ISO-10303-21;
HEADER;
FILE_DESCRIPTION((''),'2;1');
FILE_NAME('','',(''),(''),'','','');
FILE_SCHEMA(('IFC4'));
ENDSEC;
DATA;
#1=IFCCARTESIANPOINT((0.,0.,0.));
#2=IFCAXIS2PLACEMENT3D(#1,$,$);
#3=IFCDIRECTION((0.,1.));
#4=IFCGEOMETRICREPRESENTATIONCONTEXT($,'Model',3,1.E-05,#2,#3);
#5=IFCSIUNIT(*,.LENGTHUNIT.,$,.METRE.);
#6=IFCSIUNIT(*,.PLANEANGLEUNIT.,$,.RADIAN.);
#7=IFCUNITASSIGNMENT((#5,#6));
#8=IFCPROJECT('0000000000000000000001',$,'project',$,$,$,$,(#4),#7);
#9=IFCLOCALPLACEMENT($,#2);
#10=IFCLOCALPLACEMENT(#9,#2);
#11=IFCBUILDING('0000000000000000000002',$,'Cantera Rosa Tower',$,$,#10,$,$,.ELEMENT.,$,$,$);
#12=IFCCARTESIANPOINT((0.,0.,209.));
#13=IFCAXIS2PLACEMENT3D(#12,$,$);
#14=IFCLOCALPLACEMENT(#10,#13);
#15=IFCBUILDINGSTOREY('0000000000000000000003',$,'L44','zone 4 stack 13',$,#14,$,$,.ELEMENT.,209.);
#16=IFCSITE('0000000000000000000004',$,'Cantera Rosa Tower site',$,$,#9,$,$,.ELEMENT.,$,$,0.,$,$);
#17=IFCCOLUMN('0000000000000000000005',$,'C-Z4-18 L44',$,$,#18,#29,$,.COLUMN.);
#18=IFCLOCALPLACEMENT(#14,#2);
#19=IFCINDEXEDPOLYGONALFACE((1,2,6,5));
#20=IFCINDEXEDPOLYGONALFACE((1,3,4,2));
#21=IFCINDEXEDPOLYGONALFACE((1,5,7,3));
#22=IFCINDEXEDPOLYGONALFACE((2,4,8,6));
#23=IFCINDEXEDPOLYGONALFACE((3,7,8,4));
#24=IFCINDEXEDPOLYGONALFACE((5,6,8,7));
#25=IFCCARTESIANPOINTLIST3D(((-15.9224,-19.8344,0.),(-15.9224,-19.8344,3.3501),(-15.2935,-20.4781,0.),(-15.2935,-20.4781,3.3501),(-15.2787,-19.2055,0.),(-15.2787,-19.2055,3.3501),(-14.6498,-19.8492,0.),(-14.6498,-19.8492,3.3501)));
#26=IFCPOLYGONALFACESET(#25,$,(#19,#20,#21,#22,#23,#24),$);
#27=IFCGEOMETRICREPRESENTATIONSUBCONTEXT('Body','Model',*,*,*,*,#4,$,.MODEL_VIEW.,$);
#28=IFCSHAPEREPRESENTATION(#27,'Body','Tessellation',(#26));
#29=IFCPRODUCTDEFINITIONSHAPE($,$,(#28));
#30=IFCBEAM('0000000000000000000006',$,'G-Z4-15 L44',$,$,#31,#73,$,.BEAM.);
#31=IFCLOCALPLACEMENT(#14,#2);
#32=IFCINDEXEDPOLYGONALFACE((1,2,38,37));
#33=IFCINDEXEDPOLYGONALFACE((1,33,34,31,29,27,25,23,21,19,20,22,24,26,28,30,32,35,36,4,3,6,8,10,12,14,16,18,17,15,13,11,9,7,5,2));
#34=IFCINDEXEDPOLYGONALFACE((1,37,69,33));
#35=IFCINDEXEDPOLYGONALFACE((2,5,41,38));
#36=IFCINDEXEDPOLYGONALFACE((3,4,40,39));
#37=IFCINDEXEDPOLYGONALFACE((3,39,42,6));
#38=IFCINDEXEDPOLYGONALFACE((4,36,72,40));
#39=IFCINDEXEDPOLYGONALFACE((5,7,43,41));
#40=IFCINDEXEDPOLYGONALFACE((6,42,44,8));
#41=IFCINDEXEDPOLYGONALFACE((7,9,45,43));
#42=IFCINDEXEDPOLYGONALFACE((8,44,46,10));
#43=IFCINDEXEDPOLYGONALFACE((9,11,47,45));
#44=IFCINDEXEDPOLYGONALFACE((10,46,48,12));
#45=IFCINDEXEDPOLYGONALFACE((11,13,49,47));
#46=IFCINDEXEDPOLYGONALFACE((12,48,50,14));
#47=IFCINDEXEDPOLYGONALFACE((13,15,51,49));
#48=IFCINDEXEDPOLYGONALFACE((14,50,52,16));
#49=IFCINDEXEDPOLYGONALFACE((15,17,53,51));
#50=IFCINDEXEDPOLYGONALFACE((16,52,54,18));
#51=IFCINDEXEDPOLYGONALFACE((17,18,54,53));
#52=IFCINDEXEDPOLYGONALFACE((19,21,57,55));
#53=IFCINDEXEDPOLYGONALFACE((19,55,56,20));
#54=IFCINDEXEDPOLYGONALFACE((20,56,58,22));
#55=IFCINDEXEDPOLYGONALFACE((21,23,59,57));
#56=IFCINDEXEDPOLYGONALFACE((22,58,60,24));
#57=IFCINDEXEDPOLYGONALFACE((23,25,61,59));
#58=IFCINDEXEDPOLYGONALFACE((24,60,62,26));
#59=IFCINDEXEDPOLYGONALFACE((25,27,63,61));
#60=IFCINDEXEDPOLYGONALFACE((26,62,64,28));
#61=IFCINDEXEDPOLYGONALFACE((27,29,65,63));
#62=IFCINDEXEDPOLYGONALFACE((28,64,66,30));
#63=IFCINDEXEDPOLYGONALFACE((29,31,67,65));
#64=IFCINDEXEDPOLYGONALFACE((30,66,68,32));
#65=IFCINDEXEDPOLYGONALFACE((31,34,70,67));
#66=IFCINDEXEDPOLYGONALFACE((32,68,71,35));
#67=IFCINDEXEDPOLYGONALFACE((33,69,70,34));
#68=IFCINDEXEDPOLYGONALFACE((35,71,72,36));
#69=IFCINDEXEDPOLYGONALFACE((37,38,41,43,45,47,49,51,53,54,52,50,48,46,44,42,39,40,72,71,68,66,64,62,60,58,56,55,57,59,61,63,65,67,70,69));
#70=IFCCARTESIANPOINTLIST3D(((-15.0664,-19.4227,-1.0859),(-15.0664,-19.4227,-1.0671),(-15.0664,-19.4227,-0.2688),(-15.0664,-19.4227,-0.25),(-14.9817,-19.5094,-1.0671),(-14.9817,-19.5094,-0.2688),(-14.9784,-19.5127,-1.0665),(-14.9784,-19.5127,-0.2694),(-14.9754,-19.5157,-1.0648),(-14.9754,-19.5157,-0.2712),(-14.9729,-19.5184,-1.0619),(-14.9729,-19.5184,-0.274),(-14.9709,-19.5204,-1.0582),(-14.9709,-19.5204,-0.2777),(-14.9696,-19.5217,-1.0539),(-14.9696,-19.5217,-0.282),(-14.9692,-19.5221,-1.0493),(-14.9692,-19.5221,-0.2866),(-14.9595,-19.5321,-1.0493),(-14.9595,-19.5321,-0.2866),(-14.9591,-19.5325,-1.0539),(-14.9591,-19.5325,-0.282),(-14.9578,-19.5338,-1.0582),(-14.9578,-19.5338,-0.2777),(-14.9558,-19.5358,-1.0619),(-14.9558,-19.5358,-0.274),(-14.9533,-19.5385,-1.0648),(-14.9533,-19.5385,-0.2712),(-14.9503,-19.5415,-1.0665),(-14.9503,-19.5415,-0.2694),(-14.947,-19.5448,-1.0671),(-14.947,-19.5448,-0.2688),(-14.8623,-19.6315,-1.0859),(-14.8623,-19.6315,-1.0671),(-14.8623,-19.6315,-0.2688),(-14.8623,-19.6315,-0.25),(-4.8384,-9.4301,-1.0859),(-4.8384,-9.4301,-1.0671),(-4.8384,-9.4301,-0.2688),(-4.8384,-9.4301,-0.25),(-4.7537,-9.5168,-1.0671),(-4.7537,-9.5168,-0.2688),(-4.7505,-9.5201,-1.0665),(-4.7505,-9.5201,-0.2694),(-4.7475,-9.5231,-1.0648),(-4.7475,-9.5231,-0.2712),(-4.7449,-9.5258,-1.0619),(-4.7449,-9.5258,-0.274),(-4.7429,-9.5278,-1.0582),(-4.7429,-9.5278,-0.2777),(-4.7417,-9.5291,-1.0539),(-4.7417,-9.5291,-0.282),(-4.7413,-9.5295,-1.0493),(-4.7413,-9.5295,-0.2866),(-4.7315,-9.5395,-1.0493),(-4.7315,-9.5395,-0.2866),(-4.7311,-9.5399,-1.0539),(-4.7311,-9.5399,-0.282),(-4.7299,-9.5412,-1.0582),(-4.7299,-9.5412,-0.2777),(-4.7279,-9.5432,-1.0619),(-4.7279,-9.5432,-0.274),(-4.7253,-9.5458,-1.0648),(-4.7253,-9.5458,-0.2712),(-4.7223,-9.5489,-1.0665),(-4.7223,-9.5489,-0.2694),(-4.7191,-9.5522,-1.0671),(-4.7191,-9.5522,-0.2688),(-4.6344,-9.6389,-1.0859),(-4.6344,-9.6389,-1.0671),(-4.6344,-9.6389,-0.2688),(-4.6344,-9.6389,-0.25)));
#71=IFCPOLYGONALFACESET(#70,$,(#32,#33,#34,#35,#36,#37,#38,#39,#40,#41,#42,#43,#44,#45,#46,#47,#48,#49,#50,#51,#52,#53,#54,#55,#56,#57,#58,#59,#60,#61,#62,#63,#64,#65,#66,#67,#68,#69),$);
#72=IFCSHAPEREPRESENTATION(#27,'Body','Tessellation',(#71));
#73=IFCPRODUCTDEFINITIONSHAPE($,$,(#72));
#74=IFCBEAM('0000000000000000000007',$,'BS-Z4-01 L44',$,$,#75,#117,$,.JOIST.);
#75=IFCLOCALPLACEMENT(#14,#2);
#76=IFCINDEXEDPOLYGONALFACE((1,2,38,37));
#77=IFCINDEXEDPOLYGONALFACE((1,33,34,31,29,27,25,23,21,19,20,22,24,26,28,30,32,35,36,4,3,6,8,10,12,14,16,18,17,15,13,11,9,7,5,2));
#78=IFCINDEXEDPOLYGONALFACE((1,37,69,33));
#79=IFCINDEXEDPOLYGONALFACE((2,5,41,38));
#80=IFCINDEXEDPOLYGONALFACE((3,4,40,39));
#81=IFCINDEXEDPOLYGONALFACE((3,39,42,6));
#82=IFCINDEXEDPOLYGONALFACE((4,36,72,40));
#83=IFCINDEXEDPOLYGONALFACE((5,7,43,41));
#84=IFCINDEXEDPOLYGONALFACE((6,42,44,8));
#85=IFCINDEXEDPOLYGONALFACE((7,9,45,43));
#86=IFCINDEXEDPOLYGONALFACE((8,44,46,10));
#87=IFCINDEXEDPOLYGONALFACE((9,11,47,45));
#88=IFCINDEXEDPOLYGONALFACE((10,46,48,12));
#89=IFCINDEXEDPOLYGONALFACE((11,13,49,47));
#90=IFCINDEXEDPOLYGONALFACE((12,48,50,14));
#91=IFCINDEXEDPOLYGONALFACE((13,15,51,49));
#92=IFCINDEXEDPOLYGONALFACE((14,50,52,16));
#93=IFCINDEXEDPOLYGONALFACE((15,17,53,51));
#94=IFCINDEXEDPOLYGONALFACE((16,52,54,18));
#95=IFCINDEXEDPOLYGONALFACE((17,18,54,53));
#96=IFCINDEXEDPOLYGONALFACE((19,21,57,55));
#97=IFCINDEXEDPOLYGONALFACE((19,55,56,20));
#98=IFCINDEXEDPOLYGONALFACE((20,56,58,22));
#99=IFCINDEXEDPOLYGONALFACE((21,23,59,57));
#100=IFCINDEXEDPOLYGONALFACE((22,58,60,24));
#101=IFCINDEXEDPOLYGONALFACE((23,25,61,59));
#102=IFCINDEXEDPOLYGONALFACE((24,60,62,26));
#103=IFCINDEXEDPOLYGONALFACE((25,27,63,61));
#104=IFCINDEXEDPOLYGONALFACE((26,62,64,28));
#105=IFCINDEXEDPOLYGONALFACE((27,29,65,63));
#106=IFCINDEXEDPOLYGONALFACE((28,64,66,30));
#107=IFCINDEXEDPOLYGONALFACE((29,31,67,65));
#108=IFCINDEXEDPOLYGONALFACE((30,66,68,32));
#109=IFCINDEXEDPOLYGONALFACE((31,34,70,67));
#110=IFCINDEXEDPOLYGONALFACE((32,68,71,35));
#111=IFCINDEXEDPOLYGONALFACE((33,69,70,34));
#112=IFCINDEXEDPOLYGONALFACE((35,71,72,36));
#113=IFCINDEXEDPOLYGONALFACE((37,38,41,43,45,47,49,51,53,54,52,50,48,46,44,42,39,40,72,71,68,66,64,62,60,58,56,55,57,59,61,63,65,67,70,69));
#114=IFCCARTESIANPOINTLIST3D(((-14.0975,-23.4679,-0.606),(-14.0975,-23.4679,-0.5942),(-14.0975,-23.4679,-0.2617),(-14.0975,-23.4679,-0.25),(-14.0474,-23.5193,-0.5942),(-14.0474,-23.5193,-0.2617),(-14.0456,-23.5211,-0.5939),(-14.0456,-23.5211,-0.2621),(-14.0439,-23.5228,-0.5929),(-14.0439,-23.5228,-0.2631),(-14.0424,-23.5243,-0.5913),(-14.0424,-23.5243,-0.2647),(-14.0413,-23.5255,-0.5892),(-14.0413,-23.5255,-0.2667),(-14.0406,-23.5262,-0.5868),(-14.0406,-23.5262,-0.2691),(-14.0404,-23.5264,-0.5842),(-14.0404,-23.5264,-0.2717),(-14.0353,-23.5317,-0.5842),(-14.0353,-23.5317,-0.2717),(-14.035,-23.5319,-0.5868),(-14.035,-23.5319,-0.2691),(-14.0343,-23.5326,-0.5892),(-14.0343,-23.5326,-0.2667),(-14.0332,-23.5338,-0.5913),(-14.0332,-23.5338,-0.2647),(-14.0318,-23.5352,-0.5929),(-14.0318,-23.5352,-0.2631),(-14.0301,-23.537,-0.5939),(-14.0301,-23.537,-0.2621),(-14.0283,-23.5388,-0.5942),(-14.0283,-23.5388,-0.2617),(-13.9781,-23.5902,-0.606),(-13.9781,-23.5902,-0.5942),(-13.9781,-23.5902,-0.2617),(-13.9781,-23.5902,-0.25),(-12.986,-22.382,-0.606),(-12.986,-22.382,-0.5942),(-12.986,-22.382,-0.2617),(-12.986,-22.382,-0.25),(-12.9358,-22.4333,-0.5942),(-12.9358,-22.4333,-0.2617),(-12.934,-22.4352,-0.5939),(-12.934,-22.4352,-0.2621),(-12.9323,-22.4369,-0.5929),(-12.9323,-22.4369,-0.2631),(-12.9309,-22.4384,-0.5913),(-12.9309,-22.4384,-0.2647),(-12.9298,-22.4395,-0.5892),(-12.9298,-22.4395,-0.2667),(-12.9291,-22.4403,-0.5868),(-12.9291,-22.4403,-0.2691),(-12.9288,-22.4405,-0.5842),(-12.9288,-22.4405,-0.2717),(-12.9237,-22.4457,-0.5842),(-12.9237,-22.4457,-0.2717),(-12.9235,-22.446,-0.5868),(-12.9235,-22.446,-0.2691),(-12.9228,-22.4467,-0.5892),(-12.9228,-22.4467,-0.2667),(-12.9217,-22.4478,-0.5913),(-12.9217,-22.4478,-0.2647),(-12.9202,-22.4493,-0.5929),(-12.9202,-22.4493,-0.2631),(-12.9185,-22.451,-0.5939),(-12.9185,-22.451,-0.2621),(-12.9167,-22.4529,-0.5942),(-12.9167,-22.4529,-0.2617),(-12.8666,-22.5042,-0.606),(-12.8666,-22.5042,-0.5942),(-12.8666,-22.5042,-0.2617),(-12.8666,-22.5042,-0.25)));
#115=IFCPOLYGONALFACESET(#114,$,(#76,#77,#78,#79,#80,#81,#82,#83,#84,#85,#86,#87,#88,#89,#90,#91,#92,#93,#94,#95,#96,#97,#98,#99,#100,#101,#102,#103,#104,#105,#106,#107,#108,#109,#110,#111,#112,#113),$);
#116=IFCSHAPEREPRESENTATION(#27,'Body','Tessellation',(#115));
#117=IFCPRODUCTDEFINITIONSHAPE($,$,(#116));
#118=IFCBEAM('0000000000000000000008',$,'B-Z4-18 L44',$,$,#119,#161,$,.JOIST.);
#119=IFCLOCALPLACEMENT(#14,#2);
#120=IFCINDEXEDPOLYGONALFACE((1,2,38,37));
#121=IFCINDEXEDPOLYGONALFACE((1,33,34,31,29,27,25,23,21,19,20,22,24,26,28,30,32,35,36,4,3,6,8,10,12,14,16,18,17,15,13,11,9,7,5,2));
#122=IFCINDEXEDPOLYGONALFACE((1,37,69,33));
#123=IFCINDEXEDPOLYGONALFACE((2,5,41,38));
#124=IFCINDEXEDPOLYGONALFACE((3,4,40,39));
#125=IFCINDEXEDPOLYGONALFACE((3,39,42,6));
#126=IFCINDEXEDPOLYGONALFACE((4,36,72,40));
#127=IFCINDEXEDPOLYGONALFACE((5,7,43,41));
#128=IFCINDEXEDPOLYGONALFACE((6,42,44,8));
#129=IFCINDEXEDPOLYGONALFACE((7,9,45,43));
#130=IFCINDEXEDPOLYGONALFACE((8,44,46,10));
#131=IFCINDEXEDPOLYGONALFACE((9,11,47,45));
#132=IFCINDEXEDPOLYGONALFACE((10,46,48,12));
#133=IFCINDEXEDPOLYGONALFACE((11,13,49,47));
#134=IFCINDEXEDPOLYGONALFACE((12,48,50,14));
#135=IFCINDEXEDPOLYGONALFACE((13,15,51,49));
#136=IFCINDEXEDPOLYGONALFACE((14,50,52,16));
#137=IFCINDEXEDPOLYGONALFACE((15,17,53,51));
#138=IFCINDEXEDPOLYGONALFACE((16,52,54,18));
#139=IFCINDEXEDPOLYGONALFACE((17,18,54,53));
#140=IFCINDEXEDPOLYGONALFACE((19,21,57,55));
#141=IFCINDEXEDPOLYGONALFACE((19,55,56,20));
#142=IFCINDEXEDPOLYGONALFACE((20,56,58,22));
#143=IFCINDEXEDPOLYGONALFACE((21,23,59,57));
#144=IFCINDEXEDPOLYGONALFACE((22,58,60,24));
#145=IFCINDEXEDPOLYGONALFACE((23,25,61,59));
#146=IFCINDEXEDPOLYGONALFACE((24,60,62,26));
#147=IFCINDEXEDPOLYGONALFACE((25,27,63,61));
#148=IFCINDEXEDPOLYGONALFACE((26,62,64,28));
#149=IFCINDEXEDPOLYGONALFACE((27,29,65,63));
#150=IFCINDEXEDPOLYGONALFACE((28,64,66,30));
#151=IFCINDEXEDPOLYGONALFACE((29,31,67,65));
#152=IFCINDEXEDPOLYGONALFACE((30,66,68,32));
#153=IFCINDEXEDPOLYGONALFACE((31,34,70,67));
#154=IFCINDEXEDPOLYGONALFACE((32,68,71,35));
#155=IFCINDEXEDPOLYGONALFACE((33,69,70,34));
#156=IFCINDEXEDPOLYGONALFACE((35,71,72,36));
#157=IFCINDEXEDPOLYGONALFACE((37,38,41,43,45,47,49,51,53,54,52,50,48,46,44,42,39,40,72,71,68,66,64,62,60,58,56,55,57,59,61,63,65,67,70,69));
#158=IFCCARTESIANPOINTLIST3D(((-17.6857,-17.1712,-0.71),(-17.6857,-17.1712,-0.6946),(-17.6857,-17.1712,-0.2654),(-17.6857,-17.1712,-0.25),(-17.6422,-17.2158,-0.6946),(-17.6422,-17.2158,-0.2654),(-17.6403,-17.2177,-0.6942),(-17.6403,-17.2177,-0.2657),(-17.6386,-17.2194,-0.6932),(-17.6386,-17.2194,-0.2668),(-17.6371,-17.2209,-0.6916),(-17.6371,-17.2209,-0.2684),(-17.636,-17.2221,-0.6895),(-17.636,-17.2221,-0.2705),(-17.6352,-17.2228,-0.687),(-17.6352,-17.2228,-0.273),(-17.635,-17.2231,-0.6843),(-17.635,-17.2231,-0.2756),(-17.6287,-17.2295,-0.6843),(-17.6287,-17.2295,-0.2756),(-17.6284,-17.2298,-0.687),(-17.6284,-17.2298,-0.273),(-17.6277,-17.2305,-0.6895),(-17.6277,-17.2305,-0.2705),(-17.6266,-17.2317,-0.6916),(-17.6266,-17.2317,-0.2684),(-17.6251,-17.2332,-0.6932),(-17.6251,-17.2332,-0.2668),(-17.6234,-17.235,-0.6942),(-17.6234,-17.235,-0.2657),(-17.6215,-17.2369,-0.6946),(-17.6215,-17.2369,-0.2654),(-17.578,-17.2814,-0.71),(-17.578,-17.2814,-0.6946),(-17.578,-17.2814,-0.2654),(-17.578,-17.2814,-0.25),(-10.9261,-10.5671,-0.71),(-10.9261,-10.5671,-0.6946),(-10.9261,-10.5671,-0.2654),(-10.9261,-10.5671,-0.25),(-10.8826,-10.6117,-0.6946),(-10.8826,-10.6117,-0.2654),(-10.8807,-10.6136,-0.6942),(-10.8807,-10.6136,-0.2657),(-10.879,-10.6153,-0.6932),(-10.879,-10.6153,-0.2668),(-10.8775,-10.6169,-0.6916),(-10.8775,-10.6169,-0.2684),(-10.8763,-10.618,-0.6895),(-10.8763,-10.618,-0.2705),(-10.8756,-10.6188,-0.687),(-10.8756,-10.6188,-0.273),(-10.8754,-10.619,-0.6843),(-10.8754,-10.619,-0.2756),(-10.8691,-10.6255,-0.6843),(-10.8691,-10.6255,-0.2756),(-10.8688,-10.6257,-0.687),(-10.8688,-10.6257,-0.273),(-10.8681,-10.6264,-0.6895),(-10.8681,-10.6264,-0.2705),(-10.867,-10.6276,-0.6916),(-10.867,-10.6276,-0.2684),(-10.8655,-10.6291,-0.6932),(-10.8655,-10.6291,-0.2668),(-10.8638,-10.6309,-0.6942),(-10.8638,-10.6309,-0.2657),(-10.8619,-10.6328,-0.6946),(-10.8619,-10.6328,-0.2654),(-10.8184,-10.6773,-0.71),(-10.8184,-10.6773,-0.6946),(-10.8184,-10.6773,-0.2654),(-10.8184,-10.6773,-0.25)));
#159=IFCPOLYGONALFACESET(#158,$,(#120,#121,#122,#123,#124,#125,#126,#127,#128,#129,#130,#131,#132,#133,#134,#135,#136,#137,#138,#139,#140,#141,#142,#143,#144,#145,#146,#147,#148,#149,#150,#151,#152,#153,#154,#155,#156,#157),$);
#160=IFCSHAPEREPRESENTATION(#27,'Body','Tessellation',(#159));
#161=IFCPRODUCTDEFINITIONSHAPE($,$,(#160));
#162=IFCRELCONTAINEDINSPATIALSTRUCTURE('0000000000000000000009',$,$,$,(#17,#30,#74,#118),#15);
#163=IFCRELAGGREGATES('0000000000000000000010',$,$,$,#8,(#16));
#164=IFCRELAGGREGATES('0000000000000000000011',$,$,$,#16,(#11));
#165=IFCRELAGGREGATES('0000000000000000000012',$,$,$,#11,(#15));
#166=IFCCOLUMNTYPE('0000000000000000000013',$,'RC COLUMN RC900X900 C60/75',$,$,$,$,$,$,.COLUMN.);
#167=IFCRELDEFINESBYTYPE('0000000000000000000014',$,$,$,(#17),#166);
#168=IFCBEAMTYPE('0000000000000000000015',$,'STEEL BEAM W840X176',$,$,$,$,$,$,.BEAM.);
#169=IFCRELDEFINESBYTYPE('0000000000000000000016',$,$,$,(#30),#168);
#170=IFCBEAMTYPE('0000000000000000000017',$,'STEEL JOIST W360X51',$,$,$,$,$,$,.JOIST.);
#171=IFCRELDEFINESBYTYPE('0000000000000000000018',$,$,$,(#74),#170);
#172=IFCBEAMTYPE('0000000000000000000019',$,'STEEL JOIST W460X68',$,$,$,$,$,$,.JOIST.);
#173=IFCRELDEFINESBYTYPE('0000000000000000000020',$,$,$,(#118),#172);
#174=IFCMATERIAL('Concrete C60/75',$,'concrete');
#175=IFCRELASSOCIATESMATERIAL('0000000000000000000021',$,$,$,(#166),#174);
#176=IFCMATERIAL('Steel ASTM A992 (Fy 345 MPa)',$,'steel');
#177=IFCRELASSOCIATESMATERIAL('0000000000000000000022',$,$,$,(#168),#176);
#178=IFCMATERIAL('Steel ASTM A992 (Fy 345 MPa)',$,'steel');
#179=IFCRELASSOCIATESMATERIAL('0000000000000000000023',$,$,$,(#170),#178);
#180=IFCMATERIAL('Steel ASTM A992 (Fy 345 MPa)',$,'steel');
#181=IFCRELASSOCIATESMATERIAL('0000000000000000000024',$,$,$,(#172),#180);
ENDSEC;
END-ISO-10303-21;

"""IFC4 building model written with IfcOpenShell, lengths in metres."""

from ifc_helpers import new_model, si_unit, direction, frame, origin, origin_2d, place, context, subcontext, project, spatial, rectangle, i_section, extrude, material, material_profile, profile_set, type_object, element, save


model = new_model("IFC4")

# Units and contexts
model_context = context("Model", 3, precision=1e-05, world=origin(), true_north=direction((0.0, 1.0)))
body_context = subcontext(model_context, "Body", "Model", "MODEL_VIEW")
ifc_project = project(units=[si_unit("LENGTHUNIT", "METRE"), si_unit("PLANEANGLEUNIT", "RADIAN")], contexts=[model_context])

# Site, building, storey
site_placement = place(None, origin())
site = spatial("IfcSite", under=ifc_project, at=site_placement, Name="Cantera Rosa Tower site", CompositionType="ELEMENT", RefElevation=0.0)
building_placement = place(site_placement, origin())
building = spatial("IfcBuilding", under=site, at=building_placement, Name="Cantera Rosa Tower", CompositionType="ELEMENT")
storey_placement = place(building_placement, frame((0.0, 0.0, 209.0)))
storey = spatial("IfcBuildingStorey", under=building, at=storey_placement, Name="L44", Description="zone 4 stack 13", CompositionType="ELEMENT", Elevation=209.0)

# Column
ifc_material_1 = material(Name="Concrete C60/75", Category="concrete")
ifc_material_profile_1 = material_profile(ifc_material_1, rectangle(XDim=0.8999, YDim=0.8999, at=origin_2d()), Name="RC COLUMN RC900X900 C60/75")
ifc_profile_set_1 = profile_set([ifc_material_profile_1], Name="Concrete C60/75")
column_type = type_object("IfcColumnType", Name="RC COLUMN RC900X900 C60/75", PredefinedType="COLUMN", material=ifc_profile_set_1)
column_placement = place(storey_placement, frame((-15.2861, -19.8418, 0.0), z_axis=(0.0, 0.0, 1.0), x_axis=(0.715286, 0.698832, 0.0)))
element("IfcColumn", 1, at=column_placement, inside=storey, type_object=column_type, Name="C-Z4-18 L44", PredefinedType="COLUMN", context=body_context, shape_type="SweptSolid", body=[
    extrude(rectangle(XDim=0.8999, YDim=0.8999, at=origin_2d()), origin(), (0.0, 0.0, 1.0), 3.3501),
])

# Beams
ifc_material_2 = material(Name="Steel ASTM A992 (Fy 345 MPa)", Category="steel")
ifc_material_profile_2 = material_profile(ifc_material_2, i_section(OverallWidth=0.292, OverallDepth=0.8359, WebThickness=0.0139, FlangeThickness=0.0188, FilletRadius=0.0178, at=origin_2d()), Name="W840X176")
ifc_profile_set_2 = profile_set([ifc_material_profile_2], Name="Steel ASTM A992 (Fy 345 MPa)")
beam_type_1 = type_object("IfcBeamType", Name="STEEL BEAM W840X176", PredefinedType="BEAM", material=ifc_profile_set_2)
beam_1_placement = place(storey_placement, frame((-14.9644, -19.5271, -0.668), z_axis=(0.715288, 0.698829, 0.0), x_axis=(-0.698829, 0.715288, 0.0)))
element("IfcBeam", 2, at=beam_1_placement, inside=storey, type_object=beam_type_1, Name="G-Z4-15 L44", PredefinedType="BEAM", context=body_context, shape_type="SweptSolid", body=[
    extrude(i_section(OverallWidth=0.292, OverallDepth=0.8359, WebThickness=0.0139, FlangeThickness=0.0188, FilletRadius=0.0178, at=origin_2d()), origin(), (0.0, 0.0, 1.0), 14.2991),
])
ifc_material_3 = material(Name="Steel ASTM A992 (Fy 345 MPa)", Category="steel")
ifc_material_profile_3 = material_profile(ifc_material_3, i_section(OverallWidth=0.1709, OverallDepth=0.356, WebThickness=0.0073, FlangeThickness=0.0117, FilletRadius=0.01, at=origin_2d()), Name="W360X51")
ifc_profile_set_3 = profile_set([ifc_material_profile_3], Name="Steel ASTM A992 (Fy 345 MPa)")
beam_type_2 = type_object("IfcBeamType", Name="STEEL JOIST W360X51", PredefinedType="JOIST", material=ifc_profile_set_3)
beam_2_placement = place(storey_placement, frame((-12.9263, -22.4431, -0.428), z_axis=(-0.715307, -0.698811, 0.0), x_axis=(0.698811, -0.715307, 0.0)))
element("IfcBeam", 3, at=beam_2_placement, inside=storey, type_object=beam_type_2, Name="BS-Z4-01 L44", PredefinedType="JOIST", context=body_context, shape_type="SweptSolid", body=[
    extrude(i_section(OverallWidth=0.1709, OverallDepth=0.356, WebThickness=0.0073, FlangeThickness=0.0117, FilletRadius=0.01, at=origin_2d()), origin(), (0.0, 0.0, 1.0), 1.554),
])
ifc_material_4 = material(Name="Steel ASTM A992 (Fy 345 MPa)", Category="steel")
ifc_material_profile_4 = material_profile(ifc_material_4, i_section(OverallWidth=0.1541, OverallDepth=0.46, WebThickness=0.009, FlangeThickness=0.0154, FilletRadius=0.0103, at=origin_2d()), Name="W460X68")
ifc_profile_set_4 = profile_set([ifc_material_profile_4], Name="Steel ASTM A992 (Fy 345 MPa)")
beam_type_3 = type_object("IfcBeamType", Name="STEEL JOIST W460X68", PredefinedType="JOIST", material=ifc_profile_set_4)
beam_3_placement = place(storey_placement, frame((-17.6318, -17.2263, -0.48), z_axis=(0.715287, 0.698831, 0.0), x_axis=(-0.698831, 0.715287, 0.0)))
element("IfcBeam", 4, at=beam_3_placement, inside=storey, type_object=beam_type_3, Name="B-Z4-18 L44", PredefinedType="JOIST", context=body_context, shape_type="SweptSolid", body=[
    extrude(i_section(OverallWidth=0.1541, OverallDepth=0.46, WebThickness=0.009, FlangeThickness=0.0154, FilletRadius=0.0103, at=origin_2d()), origin(), (0.0, 0.0, 1.0), 9.4502),
])

save(model, "model.ifc")
